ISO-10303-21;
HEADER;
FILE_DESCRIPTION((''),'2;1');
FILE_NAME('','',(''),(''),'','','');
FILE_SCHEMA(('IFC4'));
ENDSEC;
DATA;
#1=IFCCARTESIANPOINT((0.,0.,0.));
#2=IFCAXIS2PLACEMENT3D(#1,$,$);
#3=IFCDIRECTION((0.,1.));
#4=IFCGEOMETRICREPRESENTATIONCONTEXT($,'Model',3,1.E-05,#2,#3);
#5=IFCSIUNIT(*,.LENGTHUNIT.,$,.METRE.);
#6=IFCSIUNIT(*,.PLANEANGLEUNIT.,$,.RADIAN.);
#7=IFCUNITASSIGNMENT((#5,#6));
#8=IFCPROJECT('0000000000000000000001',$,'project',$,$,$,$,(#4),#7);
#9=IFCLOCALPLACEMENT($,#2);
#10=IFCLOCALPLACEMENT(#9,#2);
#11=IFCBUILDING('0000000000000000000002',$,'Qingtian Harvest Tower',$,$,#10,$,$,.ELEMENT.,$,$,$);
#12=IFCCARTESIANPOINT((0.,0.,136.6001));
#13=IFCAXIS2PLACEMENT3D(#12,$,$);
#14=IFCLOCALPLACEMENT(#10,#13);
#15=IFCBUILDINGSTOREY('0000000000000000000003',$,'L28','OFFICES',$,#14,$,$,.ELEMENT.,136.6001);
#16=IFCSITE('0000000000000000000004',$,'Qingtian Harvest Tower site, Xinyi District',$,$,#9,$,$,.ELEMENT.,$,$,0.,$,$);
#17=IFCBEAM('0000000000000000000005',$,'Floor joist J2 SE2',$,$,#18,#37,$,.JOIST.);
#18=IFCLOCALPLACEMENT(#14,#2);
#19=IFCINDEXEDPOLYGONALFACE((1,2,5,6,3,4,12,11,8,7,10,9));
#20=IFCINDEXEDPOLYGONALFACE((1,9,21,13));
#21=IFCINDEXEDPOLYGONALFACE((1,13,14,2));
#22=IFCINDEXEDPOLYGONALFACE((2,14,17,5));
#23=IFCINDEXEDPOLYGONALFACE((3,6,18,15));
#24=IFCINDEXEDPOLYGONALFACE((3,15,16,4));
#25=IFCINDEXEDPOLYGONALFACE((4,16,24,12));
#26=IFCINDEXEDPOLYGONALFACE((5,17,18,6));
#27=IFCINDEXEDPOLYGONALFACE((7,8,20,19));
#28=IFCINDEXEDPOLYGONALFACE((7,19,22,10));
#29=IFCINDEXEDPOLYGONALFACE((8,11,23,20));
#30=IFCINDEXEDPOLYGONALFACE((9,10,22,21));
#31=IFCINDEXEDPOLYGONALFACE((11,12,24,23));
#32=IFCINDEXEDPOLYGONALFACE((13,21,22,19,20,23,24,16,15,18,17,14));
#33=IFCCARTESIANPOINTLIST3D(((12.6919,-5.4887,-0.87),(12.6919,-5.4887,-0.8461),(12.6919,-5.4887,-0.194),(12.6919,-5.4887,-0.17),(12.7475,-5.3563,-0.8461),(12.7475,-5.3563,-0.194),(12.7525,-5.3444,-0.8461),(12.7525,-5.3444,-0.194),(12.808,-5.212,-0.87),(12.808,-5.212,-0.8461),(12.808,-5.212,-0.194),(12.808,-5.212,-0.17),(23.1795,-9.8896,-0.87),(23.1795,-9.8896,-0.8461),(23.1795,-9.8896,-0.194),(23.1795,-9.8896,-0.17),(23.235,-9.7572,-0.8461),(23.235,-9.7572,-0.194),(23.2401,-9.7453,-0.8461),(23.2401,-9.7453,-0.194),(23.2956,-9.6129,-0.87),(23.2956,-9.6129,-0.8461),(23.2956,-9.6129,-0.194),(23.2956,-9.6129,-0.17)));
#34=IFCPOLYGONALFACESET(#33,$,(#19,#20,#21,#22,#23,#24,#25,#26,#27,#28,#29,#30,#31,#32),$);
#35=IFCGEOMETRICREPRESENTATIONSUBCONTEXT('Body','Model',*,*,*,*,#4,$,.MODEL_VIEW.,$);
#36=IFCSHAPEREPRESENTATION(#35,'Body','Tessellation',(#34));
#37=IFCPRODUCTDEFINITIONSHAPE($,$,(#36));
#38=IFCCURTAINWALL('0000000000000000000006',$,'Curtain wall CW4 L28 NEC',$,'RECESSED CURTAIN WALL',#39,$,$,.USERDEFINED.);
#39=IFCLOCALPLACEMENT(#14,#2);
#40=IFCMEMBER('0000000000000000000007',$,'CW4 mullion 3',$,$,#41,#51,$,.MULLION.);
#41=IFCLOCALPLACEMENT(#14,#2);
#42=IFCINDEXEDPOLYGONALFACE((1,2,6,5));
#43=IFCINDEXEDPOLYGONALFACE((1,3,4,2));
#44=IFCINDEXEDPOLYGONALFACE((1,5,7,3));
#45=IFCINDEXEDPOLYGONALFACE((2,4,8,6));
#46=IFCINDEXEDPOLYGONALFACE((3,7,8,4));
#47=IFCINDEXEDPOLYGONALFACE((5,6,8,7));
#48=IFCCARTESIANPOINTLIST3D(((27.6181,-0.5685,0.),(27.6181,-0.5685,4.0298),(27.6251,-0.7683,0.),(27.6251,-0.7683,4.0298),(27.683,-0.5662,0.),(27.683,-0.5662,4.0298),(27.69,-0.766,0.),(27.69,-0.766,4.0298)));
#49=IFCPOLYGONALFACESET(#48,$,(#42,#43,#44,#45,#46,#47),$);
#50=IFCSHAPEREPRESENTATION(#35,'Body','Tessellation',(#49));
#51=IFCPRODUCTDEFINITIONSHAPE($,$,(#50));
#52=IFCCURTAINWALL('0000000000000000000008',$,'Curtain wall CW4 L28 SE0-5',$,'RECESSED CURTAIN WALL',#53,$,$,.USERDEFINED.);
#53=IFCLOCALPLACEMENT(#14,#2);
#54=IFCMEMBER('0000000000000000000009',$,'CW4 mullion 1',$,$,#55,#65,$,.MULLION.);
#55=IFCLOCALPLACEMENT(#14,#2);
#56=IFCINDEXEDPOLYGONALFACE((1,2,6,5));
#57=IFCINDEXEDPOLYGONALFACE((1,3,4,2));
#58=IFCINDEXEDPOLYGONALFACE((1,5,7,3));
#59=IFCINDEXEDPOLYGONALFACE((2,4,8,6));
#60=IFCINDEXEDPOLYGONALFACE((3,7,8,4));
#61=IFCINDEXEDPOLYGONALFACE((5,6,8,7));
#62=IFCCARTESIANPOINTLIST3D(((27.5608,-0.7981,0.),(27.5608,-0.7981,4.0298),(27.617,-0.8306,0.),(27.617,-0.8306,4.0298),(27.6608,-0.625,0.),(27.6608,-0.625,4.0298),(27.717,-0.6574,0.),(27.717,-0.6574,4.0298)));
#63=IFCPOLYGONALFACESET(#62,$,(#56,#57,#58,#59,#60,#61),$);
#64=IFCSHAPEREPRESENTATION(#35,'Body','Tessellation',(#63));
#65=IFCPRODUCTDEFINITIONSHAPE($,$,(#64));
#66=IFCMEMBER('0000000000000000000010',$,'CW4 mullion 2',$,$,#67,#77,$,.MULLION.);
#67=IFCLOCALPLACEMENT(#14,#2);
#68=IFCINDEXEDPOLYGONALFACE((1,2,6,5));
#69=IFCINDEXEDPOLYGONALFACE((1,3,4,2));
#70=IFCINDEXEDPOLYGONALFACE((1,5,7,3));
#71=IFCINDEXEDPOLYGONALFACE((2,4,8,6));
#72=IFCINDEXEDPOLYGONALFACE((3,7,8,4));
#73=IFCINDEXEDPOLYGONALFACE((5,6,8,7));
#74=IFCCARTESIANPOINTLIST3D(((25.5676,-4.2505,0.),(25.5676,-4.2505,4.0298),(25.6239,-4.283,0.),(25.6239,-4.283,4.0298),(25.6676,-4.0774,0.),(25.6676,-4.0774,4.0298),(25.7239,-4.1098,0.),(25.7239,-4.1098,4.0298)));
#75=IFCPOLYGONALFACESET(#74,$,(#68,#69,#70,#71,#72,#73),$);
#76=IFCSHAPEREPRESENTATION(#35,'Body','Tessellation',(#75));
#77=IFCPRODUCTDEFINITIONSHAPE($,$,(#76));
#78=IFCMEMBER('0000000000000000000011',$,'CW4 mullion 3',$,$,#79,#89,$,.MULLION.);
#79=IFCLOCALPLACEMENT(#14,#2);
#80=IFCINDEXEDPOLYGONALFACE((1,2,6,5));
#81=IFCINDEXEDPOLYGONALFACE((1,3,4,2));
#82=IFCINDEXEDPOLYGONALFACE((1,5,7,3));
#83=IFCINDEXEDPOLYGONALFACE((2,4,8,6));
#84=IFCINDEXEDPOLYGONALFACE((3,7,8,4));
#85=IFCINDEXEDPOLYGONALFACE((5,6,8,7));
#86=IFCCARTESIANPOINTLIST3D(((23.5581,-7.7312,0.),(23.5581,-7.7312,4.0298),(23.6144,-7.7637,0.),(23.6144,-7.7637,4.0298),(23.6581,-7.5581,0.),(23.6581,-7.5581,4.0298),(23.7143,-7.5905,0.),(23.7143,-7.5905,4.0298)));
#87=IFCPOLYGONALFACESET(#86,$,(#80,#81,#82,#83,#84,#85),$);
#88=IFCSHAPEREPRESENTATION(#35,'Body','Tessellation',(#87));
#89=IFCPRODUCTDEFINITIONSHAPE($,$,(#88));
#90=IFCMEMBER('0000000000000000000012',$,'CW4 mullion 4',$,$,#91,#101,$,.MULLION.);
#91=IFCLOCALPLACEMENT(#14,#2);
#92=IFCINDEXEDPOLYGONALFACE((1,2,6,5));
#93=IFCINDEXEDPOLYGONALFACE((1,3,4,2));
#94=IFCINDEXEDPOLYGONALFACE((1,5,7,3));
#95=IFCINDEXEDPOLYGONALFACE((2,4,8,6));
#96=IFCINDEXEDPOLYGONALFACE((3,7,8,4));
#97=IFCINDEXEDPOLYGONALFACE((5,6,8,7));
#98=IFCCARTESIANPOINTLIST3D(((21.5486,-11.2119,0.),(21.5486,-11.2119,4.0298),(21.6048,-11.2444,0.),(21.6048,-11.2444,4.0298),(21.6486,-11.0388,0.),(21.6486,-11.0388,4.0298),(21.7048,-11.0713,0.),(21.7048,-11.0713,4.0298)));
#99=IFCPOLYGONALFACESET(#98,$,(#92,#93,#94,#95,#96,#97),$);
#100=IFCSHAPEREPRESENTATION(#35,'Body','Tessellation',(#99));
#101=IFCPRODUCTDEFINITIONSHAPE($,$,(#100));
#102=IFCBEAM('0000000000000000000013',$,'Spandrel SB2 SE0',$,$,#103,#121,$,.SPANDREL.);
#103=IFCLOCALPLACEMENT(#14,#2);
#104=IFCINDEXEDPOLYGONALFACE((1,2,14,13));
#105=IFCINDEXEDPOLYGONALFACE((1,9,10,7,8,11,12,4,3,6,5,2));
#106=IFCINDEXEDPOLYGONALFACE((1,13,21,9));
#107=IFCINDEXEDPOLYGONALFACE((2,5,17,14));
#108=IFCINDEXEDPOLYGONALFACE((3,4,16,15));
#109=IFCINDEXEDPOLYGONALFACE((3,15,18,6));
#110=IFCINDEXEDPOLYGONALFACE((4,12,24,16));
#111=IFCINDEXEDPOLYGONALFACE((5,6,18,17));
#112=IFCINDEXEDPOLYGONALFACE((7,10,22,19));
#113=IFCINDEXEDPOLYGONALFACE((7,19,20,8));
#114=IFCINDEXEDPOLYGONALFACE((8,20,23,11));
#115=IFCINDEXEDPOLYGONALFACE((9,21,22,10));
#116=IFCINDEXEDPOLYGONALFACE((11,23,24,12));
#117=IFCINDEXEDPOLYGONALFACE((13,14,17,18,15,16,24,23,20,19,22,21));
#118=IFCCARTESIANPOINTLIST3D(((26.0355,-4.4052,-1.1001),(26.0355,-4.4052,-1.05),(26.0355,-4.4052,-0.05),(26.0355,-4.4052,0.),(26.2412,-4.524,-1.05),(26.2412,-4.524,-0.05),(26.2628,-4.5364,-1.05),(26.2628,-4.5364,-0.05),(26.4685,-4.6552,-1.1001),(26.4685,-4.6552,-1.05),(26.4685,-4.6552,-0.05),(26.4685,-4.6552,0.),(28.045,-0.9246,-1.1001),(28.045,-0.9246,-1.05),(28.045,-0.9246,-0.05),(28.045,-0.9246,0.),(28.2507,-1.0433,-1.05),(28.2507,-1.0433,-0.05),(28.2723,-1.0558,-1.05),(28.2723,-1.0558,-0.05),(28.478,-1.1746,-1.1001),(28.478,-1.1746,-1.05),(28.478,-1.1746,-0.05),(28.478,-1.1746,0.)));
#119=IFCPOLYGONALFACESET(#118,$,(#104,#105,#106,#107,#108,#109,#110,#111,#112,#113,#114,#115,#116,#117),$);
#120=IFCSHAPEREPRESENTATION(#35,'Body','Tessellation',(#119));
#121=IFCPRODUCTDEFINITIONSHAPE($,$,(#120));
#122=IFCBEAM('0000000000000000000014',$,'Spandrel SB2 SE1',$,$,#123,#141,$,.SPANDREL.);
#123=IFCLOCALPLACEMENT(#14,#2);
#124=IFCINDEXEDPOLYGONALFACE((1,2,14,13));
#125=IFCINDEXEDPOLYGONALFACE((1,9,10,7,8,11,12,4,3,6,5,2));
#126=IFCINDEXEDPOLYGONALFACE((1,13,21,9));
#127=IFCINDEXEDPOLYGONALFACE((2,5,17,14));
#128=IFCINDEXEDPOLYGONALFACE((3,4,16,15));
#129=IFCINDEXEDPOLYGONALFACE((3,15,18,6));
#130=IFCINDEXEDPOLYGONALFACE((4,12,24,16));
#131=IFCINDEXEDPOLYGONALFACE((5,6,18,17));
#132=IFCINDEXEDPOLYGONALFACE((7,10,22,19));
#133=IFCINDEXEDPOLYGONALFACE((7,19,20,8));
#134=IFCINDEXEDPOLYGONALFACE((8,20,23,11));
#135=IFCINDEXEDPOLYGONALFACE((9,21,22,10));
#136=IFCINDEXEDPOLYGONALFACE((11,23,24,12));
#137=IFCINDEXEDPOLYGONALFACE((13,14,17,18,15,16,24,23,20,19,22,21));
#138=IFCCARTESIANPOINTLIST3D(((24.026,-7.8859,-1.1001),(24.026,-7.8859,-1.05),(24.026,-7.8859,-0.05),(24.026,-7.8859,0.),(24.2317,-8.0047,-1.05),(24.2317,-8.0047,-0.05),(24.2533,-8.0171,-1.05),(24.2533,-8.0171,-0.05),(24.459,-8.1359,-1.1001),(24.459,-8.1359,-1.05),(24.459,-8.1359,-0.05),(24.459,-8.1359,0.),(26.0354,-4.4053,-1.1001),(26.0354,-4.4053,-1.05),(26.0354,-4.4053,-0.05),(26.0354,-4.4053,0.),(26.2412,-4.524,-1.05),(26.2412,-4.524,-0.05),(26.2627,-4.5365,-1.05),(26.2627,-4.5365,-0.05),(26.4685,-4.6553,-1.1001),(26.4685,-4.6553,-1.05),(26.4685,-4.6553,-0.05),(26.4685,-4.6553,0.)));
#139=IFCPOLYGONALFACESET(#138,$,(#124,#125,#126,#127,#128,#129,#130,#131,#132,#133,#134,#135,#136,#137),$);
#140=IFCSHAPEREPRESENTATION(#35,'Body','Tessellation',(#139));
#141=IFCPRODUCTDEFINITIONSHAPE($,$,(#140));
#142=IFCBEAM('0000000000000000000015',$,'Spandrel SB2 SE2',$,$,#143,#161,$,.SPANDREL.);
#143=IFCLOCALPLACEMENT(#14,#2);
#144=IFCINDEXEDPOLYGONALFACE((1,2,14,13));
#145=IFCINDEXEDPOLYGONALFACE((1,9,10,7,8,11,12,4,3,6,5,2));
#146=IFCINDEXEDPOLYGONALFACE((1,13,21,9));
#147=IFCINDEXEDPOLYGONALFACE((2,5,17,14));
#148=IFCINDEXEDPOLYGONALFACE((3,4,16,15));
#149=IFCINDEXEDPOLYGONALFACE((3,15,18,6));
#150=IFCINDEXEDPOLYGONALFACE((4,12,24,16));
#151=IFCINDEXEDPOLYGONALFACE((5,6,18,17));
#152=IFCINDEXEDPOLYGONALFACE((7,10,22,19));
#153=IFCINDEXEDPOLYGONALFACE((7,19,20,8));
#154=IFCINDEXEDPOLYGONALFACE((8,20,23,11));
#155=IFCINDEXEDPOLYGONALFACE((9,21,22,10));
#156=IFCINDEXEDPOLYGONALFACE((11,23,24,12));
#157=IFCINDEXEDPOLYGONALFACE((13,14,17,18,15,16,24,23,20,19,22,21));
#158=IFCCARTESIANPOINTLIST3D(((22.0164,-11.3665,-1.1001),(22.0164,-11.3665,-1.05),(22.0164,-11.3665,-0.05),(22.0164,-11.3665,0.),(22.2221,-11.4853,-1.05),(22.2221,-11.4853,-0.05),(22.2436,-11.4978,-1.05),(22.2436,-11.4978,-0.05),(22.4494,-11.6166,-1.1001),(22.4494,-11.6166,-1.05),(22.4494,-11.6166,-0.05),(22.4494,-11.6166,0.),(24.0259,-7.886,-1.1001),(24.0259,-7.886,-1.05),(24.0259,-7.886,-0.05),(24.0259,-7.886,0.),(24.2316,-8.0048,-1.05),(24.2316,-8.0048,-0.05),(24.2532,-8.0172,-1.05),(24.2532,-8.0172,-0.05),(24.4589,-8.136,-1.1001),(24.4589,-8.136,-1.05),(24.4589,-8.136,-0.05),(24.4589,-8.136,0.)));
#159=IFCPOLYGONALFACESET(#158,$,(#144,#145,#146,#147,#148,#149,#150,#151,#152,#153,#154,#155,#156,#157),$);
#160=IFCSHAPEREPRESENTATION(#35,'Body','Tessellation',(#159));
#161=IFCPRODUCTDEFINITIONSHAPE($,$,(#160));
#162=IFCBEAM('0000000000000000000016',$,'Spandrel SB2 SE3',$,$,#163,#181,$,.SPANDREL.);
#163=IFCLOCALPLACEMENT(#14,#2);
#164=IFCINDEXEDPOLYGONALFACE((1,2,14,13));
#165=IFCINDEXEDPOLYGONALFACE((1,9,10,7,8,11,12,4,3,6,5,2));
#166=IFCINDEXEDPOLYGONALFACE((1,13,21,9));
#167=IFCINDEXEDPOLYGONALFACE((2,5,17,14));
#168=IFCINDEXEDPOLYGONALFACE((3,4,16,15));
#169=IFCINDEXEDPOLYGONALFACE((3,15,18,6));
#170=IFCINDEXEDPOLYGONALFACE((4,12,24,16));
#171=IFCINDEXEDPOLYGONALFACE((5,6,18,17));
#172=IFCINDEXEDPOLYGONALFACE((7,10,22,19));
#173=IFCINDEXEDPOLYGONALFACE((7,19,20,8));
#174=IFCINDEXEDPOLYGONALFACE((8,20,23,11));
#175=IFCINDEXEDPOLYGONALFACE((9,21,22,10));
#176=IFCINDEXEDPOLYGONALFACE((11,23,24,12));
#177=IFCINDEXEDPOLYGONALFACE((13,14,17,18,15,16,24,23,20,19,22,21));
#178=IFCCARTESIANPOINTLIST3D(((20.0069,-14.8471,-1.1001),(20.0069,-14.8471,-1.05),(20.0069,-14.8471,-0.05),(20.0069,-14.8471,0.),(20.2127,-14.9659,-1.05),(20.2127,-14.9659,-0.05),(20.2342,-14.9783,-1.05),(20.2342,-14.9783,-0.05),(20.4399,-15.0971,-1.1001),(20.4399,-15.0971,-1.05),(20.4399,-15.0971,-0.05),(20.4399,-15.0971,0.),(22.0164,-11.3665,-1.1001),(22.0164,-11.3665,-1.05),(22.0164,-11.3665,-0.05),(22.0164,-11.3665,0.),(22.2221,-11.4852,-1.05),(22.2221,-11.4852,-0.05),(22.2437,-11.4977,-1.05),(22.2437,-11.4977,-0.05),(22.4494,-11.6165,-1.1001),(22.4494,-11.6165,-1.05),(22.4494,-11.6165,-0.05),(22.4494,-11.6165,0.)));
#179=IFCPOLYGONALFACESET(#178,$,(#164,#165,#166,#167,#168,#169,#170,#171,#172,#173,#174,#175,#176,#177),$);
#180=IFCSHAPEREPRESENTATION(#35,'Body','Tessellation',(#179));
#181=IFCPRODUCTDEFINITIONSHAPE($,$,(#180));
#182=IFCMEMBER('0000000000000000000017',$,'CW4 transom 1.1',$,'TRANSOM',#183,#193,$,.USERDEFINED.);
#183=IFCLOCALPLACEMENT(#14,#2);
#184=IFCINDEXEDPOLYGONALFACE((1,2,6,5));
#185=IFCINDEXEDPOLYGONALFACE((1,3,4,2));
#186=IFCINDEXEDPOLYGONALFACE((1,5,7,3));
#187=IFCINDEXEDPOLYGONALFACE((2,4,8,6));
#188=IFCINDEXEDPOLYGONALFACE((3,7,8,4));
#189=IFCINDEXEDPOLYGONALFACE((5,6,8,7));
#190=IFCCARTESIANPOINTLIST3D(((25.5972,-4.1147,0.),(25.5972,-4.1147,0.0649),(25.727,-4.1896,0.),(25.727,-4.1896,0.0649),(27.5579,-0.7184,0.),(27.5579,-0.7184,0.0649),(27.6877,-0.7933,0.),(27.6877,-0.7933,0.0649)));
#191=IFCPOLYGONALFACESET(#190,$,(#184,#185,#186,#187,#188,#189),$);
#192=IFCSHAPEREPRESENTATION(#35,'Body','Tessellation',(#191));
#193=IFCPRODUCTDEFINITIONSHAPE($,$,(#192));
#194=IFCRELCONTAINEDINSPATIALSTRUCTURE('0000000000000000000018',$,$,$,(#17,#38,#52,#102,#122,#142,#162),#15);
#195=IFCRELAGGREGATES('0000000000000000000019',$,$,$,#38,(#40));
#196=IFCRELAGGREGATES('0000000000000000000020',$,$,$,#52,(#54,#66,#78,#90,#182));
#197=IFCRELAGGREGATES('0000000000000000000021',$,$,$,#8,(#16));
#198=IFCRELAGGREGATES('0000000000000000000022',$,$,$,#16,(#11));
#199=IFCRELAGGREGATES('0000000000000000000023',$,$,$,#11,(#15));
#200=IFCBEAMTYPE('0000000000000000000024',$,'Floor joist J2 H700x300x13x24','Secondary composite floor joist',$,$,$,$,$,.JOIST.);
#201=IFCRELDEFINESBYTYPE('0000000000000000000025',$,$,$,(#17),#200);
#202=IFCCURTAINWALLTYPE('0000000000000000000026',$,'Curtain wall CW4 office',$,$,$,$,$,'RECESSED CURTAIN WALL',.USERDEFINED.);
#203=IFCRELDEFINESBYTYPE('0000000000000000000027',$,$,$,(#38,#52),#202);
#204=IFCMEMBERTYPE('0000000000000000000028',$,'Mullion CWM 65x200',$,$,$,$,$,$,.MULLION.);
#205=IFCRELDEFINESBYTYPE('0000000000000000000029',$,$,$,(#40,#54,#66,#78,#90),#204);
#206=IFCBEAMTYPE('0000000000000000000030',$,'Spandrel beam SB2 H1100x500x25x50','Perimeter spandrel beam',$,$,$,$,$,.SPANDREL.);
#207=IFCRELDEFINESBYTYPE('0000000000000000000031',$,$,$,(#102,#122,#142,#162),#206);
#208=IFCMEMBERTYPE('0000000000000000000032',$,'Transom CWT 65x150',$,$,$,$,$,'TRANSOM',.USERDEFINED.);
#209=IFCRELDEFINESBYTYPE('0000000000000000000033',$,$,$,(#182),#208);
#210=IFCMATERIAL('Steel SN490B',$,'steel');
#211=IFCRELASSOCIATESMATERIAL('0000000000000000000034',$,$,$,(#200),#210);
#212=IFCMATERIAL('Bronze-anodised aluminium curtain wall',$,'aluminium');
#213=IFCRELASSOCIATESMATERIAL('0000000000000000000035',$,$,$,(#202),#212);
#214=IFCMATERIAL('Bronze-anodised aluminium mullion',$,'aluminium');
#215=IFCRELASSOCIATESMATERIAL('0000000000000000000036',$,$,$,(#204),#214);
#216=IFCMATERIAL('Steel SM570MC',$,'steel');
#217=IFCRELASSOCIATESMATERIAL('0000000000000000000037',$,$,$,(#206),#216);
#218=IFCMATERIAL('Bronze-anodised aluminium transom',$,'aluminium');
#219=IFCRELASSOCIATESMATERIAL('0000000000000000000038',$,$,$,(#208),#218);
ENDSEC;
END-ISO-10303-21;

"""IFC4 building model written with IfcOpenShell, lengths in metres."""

from ifc_helpers import new_model, si_unit, direction, frame, origin, origin_2d, place, context, subcontext, project, spatial, rectangle, i_section, extrude, material, material_profile, profile_set, type_object, element, aggregate, save


model = new_model("IFC4")

# Units and contexts
model_context = context("Model", 3, precision=1e-05, world=origin(), true_north=direction((0.0, 1.0)))
body_context = subcontext(model_context, "Body", "Model", "MODEL_VIEW")
ifc_project = project(units=[si_unit("LENGTHUNIT", "METRE"), si_unit("PLANEANGLEUNIT", "RADIAN")], contexts=[model_context])

# Site, building, storey
site_placement = place(None, origin())
site = spatial("IfcSite", under=ifc_project, at=site_placement, Name="Qingtian Harvest Tower site, Xinyi District", CompositionType="ELEMENT", RefElevation=0.0)
building_placement = place(site_placement, origin())
building = spatial("IfcBuilding", under=site, at=building_placement, Name="Qingtian Harvest Tower", CompositionType="ELEMENT")
storey_placement = place(building_placement, frame((0.0, 0.0, 136.6001)))
storey = spatial("IfcBuildingStorey", under=building, at=storey_placement, Name="L28", Description="OFFICES", CompositionType="ELEMENT", Elevation=136.6001)

# Beam
ifc_material_1 = material(Name="Steel SN490B", Category="steel")
ifc_material_profile_1 = material_profile(ifc_material_1, i_section(OverallWidth=0.3, OverallDepth=0.7, WebThickness=0.0129, FlangeThickness=0.0239, at=origin_2d()), Name="H700x300x13x24")
ifc_profile_set_1 = profile_set([ifc_material_profile_1], Name="Steel SN490B")
beam_type_1 = type_object("IfcBeamType", Name="Floor joist J2 H700x300x13x24", Description="Secondary composite floor joist", PredefinedType="JOIST", material=ifc_profile_set_1)
beam_1_placement = place(storey_placement, frame((23.2375, -9.7512, -0.52), z_axis=(-0.922104, 0.386942, 0.0), x_axis=(-0.386942, -0.922104, 0.0)))
element("IfcBeam", 1, at=beam_1_placement, inside=storey, type_object=beam_type_1, Name="Floor joist J2 SE2", PredefinedType="JOIST", context=body_context, shape_type="SweptSolid", body=[
    extrude(i_section(OverallWidth=0.3, OverallDepth=0.7, WebThickness=0.0129, FlangeThickness=0.0239, at=origin_2d()), origin(), (0.0, 0.0, 1.0), 11.3735),
])

# Curtain wall, member
ifc_material_2 = material(Name="Bronze-anodised aluminium curtain wall", Category="aluminium")
curtain_wall_type = type_object("IfcCurtainWallType", Name="Curtain wall CW4 office", ElementType="RECESSED CURTAIN WALL", PredefinedType="USERDEFINED", material=ifc_material_2)
curtain_wall_1_placement = place(storey_placement, origin())
curtain_wall_1 = element("IfcCurtainWall", 2, at=curtain_wall_1_placement, inside=storey, type_object=curtain_wall_type, Name="Curtain wall CW4 L28 NEC", ObjectType="RECESSED CURTAIN WALL", PredefinedType="USERDEFINED")
ifc_material_3 = material(Name="Bronze-anodised aluminium mullion", Category="aluminium")
ifc_material_profile_2 = material_profile(ifc_material_3, rectangle(XDim=0.0649, YDim=0.2, at=origin_2d()), Name="AL 65x200")
ifc_profile_set_2 = profile_set([ifc_material_profile_2], Name="Bronze-anodised aluminium mullion")
member_type_1 = type_object("IfcMemberType", Name="Mullion CWM 65x200", PredefinedType="MULLION", material=ifc_profile_set_2)
member_1_placement = place(storey_placement, frame((27.6541, -0.6672, 0.0), z_axis=(0.0, 0.0, 1.0), x_axis=(0.999391, 0.034899, 0.0)))
member_1 = element("IfcMember", 3, at=member_1_placement, type_object=member_type_1, Name="CW4 mullion 3", PredefinedType="MULLION", context=body_context, shape_type="SweptSolid", body=[
    extrude(rectangle(XDim=0.0649, YDim=0.2, at=origin_2d()), origin(), (0.0, 0.0, 1.0), 4.0298),
])
aggregate(curtain_wall_1, [member_1])

# Curtain wall, members
curtain_wall_2_placement = place(storey_placement, origin())
curtain_wall_2 = element("IfcCurtainWall", 4, at=curtain_wall_2_placement, inside=storey, type_object=curtain_wall_type, Name="Curtain wall CW4 L28 SE0-5", ObjectType="RECESSED CURTAIN WALL", PredefinedType="USERDEFINED")
member_2_placement = place(storey_placement, frame((27.6389, -0.7278, 0.0), z_axis=(0.0, 0.0, 1.0), x_axis=(0.866025, -0.5, 0.0)))
member_2 = element("IfcMember", 5, at=member_2_placement, type_object=member_type_1, Name="CW4 mullion 1", PredefinedType="MULLION", context=body_context, shape_type="SweptSolid", body=[
    extrude(rectangle(XDim=0.0649, YDim=0.2, at=origin_2d()), origin(), (0.0, 0.0, 1.0), 4.0298),
])
member_3_placement = place(storey_placement, frame((25.6458, -4.1802, 0.0), z_axis=(0.0, 0.0, 1.0), x_axis=(0.866025, -0.5, 0.0)))
member_3 = element("IfcMember", 6, at=member_3_placement, type_object=member_type_1, Name="CW4 mullion 2", PredefinedType="MULLION", context=body_context, shape_type="SweptSolid", body=[
    extrude(rectangle(XDim=0.0649, YDim=0.2, at=origin_2d()), origin(), (0.0, 0.0, 1.0), 4.0298),
])
member_4_placement = place(storey_placement, frame((23.6362, -7.6609, 0.0), z_axis=(0.0, 0.0, 1.0), x_axis=(0.866025, -0.5, 0.0)))
member_4 = element("IfcMember", 7, at=member_4_placement, type_object=member_type_1, Name="CW4 mullion 3", PredefinedType="MULLION", context=body_context, shape_type="SweptSolid", body=[
    extrude(rectangle(XDim=0.0649, YDim=0.2, at=origin_2d()), origin(), (0.0, 0.0, 1.0), 4.0298),
])
member_5_placement = place(storey_placement, frame((21.6267, -11.1416, 0.0), z_axis=(0.0, 0.0, 1.0), x_axis=(0.866025, -0.5, 0.0)))
member_5 = element("IfcMember", 8, at=member_5_placement, type_object=member_type_1, Name="CW4 mullion 4", PredefinedType="MULLION", context=body_context, shape_type="SweptSolid", body=[
    extrude(rectangle(XDim=0.0649, YDim=0.2, at=origin_2d()), origin(), (0.0, 0.0, 1.0), 4.0298),
])

# Beams
ifc_material_4 = material(Name="Steel SM570MC", Category="steel")
ifc_material_profile_3 = material_profile(ifc_material_4, i_section(OverallWidth=0.5, OverallDepth=1.1001, WebThickness=0.0249, FlangeThickness=0.05, at=origin_2d()), Name="H1100x500x25x50")
ifc_profile_set_3 = profile_set([ifc_material_profile_3], Name="Steel SM570MC")
beam_type_2 = type_object("IfcBeamType", Name="Spandrel beam SB2 H1100x500x25x50", Description="Perimeter spandrel beam", PredefinedType="SPANDREL", material=ifc_profile_set_3)
for number, where, z_axis, x_axis, name in (
    (9, (28.2615, -1.0496, -0.55), (-0.499987, -0.866033, 0.0), (0.866033, -0.499987, 0.0), "Spandrel SB2 SE0"),
    (10, (26.252, -4.5303, -0.55), (-0.499987, -0.866033, 0.0), (0.866033, -0.499987, 0.0), "Spandrel SB2 SE1"),
    (11, (24.2424, -8.011, -0.55), (-0.500013, -0.866018, 0.0), (0.866018, -0.500013, 0.0), "Spandrel SB2 SE2"),
    (12, (22.2329, -11.4915, -0.55), (-0.499987, -0.866033, 0.0), (0.866033, -0.499987, 0.0), "Spandrel SB2 SE3"),
):
    element("IfcBeam", number, at=place(storey_placement, frame(where, z_axis=z_axis, x_axis=x_axis)), inside=storey, type_object=beam_type_2, Name=name, PredefinedType="SPANDREL", context=body_context, shape_type="SweptSolid", body=[
        extrude(i_section(OverallWidth=0.5, OverallDepth=1.1001, WebThickness=0.0249, FlangeThickness=0.05, at=origin_2d()), origin(), (0.0, 0.0, 1.0), 4.019),
    ])

# Member
ifc_material_5 = material(Name="Bronze-anodised aluminium transom", Category="aluminium")
ifc_material_profile_4 = material_profile(ifc_material_5, rectangle(XDim=0.1499, YDim=0.0649, at=origin_2d()), Name="AL 65x150")
ifc_profile_set_4 = profile_set([ifc_material_profile_4], Name="Bronze-anodised aluminium transom")
member_type_2 = type_object("IfcMemberType", Name="Transom CWT 65x150", ElementType="TRANSOM", PredefinedType="USERDEFINED", material=ifc_profile_set_4)
member_6_placement = place(storey_placement, frame((27.6228, -0.7559, 0.0325), z_axis=(-0.499976, -0.866039, 0.0), x_axis=(0.866039, -0.499976, 0.0)))
member_6 = element("IfcMember", 13, at=member_6_placement, type_object=member_type_2, Name="CW4 transom 1.1", ObjectType="TRANSOM", PredefinedType="USERDEFINED", context=body_context, shape_type="SweptSolid", body=[
    extrude(rectangle(XDim=0.1499, YDim=0.0649, at=origin_2d()), origin(), (0.0, 0.0, 1.0), 3.9216),
])

aggregate(curtain_wall_2, [member_2, member_3, member_4, member_5, member_6])

save(model, "model.ifc")
